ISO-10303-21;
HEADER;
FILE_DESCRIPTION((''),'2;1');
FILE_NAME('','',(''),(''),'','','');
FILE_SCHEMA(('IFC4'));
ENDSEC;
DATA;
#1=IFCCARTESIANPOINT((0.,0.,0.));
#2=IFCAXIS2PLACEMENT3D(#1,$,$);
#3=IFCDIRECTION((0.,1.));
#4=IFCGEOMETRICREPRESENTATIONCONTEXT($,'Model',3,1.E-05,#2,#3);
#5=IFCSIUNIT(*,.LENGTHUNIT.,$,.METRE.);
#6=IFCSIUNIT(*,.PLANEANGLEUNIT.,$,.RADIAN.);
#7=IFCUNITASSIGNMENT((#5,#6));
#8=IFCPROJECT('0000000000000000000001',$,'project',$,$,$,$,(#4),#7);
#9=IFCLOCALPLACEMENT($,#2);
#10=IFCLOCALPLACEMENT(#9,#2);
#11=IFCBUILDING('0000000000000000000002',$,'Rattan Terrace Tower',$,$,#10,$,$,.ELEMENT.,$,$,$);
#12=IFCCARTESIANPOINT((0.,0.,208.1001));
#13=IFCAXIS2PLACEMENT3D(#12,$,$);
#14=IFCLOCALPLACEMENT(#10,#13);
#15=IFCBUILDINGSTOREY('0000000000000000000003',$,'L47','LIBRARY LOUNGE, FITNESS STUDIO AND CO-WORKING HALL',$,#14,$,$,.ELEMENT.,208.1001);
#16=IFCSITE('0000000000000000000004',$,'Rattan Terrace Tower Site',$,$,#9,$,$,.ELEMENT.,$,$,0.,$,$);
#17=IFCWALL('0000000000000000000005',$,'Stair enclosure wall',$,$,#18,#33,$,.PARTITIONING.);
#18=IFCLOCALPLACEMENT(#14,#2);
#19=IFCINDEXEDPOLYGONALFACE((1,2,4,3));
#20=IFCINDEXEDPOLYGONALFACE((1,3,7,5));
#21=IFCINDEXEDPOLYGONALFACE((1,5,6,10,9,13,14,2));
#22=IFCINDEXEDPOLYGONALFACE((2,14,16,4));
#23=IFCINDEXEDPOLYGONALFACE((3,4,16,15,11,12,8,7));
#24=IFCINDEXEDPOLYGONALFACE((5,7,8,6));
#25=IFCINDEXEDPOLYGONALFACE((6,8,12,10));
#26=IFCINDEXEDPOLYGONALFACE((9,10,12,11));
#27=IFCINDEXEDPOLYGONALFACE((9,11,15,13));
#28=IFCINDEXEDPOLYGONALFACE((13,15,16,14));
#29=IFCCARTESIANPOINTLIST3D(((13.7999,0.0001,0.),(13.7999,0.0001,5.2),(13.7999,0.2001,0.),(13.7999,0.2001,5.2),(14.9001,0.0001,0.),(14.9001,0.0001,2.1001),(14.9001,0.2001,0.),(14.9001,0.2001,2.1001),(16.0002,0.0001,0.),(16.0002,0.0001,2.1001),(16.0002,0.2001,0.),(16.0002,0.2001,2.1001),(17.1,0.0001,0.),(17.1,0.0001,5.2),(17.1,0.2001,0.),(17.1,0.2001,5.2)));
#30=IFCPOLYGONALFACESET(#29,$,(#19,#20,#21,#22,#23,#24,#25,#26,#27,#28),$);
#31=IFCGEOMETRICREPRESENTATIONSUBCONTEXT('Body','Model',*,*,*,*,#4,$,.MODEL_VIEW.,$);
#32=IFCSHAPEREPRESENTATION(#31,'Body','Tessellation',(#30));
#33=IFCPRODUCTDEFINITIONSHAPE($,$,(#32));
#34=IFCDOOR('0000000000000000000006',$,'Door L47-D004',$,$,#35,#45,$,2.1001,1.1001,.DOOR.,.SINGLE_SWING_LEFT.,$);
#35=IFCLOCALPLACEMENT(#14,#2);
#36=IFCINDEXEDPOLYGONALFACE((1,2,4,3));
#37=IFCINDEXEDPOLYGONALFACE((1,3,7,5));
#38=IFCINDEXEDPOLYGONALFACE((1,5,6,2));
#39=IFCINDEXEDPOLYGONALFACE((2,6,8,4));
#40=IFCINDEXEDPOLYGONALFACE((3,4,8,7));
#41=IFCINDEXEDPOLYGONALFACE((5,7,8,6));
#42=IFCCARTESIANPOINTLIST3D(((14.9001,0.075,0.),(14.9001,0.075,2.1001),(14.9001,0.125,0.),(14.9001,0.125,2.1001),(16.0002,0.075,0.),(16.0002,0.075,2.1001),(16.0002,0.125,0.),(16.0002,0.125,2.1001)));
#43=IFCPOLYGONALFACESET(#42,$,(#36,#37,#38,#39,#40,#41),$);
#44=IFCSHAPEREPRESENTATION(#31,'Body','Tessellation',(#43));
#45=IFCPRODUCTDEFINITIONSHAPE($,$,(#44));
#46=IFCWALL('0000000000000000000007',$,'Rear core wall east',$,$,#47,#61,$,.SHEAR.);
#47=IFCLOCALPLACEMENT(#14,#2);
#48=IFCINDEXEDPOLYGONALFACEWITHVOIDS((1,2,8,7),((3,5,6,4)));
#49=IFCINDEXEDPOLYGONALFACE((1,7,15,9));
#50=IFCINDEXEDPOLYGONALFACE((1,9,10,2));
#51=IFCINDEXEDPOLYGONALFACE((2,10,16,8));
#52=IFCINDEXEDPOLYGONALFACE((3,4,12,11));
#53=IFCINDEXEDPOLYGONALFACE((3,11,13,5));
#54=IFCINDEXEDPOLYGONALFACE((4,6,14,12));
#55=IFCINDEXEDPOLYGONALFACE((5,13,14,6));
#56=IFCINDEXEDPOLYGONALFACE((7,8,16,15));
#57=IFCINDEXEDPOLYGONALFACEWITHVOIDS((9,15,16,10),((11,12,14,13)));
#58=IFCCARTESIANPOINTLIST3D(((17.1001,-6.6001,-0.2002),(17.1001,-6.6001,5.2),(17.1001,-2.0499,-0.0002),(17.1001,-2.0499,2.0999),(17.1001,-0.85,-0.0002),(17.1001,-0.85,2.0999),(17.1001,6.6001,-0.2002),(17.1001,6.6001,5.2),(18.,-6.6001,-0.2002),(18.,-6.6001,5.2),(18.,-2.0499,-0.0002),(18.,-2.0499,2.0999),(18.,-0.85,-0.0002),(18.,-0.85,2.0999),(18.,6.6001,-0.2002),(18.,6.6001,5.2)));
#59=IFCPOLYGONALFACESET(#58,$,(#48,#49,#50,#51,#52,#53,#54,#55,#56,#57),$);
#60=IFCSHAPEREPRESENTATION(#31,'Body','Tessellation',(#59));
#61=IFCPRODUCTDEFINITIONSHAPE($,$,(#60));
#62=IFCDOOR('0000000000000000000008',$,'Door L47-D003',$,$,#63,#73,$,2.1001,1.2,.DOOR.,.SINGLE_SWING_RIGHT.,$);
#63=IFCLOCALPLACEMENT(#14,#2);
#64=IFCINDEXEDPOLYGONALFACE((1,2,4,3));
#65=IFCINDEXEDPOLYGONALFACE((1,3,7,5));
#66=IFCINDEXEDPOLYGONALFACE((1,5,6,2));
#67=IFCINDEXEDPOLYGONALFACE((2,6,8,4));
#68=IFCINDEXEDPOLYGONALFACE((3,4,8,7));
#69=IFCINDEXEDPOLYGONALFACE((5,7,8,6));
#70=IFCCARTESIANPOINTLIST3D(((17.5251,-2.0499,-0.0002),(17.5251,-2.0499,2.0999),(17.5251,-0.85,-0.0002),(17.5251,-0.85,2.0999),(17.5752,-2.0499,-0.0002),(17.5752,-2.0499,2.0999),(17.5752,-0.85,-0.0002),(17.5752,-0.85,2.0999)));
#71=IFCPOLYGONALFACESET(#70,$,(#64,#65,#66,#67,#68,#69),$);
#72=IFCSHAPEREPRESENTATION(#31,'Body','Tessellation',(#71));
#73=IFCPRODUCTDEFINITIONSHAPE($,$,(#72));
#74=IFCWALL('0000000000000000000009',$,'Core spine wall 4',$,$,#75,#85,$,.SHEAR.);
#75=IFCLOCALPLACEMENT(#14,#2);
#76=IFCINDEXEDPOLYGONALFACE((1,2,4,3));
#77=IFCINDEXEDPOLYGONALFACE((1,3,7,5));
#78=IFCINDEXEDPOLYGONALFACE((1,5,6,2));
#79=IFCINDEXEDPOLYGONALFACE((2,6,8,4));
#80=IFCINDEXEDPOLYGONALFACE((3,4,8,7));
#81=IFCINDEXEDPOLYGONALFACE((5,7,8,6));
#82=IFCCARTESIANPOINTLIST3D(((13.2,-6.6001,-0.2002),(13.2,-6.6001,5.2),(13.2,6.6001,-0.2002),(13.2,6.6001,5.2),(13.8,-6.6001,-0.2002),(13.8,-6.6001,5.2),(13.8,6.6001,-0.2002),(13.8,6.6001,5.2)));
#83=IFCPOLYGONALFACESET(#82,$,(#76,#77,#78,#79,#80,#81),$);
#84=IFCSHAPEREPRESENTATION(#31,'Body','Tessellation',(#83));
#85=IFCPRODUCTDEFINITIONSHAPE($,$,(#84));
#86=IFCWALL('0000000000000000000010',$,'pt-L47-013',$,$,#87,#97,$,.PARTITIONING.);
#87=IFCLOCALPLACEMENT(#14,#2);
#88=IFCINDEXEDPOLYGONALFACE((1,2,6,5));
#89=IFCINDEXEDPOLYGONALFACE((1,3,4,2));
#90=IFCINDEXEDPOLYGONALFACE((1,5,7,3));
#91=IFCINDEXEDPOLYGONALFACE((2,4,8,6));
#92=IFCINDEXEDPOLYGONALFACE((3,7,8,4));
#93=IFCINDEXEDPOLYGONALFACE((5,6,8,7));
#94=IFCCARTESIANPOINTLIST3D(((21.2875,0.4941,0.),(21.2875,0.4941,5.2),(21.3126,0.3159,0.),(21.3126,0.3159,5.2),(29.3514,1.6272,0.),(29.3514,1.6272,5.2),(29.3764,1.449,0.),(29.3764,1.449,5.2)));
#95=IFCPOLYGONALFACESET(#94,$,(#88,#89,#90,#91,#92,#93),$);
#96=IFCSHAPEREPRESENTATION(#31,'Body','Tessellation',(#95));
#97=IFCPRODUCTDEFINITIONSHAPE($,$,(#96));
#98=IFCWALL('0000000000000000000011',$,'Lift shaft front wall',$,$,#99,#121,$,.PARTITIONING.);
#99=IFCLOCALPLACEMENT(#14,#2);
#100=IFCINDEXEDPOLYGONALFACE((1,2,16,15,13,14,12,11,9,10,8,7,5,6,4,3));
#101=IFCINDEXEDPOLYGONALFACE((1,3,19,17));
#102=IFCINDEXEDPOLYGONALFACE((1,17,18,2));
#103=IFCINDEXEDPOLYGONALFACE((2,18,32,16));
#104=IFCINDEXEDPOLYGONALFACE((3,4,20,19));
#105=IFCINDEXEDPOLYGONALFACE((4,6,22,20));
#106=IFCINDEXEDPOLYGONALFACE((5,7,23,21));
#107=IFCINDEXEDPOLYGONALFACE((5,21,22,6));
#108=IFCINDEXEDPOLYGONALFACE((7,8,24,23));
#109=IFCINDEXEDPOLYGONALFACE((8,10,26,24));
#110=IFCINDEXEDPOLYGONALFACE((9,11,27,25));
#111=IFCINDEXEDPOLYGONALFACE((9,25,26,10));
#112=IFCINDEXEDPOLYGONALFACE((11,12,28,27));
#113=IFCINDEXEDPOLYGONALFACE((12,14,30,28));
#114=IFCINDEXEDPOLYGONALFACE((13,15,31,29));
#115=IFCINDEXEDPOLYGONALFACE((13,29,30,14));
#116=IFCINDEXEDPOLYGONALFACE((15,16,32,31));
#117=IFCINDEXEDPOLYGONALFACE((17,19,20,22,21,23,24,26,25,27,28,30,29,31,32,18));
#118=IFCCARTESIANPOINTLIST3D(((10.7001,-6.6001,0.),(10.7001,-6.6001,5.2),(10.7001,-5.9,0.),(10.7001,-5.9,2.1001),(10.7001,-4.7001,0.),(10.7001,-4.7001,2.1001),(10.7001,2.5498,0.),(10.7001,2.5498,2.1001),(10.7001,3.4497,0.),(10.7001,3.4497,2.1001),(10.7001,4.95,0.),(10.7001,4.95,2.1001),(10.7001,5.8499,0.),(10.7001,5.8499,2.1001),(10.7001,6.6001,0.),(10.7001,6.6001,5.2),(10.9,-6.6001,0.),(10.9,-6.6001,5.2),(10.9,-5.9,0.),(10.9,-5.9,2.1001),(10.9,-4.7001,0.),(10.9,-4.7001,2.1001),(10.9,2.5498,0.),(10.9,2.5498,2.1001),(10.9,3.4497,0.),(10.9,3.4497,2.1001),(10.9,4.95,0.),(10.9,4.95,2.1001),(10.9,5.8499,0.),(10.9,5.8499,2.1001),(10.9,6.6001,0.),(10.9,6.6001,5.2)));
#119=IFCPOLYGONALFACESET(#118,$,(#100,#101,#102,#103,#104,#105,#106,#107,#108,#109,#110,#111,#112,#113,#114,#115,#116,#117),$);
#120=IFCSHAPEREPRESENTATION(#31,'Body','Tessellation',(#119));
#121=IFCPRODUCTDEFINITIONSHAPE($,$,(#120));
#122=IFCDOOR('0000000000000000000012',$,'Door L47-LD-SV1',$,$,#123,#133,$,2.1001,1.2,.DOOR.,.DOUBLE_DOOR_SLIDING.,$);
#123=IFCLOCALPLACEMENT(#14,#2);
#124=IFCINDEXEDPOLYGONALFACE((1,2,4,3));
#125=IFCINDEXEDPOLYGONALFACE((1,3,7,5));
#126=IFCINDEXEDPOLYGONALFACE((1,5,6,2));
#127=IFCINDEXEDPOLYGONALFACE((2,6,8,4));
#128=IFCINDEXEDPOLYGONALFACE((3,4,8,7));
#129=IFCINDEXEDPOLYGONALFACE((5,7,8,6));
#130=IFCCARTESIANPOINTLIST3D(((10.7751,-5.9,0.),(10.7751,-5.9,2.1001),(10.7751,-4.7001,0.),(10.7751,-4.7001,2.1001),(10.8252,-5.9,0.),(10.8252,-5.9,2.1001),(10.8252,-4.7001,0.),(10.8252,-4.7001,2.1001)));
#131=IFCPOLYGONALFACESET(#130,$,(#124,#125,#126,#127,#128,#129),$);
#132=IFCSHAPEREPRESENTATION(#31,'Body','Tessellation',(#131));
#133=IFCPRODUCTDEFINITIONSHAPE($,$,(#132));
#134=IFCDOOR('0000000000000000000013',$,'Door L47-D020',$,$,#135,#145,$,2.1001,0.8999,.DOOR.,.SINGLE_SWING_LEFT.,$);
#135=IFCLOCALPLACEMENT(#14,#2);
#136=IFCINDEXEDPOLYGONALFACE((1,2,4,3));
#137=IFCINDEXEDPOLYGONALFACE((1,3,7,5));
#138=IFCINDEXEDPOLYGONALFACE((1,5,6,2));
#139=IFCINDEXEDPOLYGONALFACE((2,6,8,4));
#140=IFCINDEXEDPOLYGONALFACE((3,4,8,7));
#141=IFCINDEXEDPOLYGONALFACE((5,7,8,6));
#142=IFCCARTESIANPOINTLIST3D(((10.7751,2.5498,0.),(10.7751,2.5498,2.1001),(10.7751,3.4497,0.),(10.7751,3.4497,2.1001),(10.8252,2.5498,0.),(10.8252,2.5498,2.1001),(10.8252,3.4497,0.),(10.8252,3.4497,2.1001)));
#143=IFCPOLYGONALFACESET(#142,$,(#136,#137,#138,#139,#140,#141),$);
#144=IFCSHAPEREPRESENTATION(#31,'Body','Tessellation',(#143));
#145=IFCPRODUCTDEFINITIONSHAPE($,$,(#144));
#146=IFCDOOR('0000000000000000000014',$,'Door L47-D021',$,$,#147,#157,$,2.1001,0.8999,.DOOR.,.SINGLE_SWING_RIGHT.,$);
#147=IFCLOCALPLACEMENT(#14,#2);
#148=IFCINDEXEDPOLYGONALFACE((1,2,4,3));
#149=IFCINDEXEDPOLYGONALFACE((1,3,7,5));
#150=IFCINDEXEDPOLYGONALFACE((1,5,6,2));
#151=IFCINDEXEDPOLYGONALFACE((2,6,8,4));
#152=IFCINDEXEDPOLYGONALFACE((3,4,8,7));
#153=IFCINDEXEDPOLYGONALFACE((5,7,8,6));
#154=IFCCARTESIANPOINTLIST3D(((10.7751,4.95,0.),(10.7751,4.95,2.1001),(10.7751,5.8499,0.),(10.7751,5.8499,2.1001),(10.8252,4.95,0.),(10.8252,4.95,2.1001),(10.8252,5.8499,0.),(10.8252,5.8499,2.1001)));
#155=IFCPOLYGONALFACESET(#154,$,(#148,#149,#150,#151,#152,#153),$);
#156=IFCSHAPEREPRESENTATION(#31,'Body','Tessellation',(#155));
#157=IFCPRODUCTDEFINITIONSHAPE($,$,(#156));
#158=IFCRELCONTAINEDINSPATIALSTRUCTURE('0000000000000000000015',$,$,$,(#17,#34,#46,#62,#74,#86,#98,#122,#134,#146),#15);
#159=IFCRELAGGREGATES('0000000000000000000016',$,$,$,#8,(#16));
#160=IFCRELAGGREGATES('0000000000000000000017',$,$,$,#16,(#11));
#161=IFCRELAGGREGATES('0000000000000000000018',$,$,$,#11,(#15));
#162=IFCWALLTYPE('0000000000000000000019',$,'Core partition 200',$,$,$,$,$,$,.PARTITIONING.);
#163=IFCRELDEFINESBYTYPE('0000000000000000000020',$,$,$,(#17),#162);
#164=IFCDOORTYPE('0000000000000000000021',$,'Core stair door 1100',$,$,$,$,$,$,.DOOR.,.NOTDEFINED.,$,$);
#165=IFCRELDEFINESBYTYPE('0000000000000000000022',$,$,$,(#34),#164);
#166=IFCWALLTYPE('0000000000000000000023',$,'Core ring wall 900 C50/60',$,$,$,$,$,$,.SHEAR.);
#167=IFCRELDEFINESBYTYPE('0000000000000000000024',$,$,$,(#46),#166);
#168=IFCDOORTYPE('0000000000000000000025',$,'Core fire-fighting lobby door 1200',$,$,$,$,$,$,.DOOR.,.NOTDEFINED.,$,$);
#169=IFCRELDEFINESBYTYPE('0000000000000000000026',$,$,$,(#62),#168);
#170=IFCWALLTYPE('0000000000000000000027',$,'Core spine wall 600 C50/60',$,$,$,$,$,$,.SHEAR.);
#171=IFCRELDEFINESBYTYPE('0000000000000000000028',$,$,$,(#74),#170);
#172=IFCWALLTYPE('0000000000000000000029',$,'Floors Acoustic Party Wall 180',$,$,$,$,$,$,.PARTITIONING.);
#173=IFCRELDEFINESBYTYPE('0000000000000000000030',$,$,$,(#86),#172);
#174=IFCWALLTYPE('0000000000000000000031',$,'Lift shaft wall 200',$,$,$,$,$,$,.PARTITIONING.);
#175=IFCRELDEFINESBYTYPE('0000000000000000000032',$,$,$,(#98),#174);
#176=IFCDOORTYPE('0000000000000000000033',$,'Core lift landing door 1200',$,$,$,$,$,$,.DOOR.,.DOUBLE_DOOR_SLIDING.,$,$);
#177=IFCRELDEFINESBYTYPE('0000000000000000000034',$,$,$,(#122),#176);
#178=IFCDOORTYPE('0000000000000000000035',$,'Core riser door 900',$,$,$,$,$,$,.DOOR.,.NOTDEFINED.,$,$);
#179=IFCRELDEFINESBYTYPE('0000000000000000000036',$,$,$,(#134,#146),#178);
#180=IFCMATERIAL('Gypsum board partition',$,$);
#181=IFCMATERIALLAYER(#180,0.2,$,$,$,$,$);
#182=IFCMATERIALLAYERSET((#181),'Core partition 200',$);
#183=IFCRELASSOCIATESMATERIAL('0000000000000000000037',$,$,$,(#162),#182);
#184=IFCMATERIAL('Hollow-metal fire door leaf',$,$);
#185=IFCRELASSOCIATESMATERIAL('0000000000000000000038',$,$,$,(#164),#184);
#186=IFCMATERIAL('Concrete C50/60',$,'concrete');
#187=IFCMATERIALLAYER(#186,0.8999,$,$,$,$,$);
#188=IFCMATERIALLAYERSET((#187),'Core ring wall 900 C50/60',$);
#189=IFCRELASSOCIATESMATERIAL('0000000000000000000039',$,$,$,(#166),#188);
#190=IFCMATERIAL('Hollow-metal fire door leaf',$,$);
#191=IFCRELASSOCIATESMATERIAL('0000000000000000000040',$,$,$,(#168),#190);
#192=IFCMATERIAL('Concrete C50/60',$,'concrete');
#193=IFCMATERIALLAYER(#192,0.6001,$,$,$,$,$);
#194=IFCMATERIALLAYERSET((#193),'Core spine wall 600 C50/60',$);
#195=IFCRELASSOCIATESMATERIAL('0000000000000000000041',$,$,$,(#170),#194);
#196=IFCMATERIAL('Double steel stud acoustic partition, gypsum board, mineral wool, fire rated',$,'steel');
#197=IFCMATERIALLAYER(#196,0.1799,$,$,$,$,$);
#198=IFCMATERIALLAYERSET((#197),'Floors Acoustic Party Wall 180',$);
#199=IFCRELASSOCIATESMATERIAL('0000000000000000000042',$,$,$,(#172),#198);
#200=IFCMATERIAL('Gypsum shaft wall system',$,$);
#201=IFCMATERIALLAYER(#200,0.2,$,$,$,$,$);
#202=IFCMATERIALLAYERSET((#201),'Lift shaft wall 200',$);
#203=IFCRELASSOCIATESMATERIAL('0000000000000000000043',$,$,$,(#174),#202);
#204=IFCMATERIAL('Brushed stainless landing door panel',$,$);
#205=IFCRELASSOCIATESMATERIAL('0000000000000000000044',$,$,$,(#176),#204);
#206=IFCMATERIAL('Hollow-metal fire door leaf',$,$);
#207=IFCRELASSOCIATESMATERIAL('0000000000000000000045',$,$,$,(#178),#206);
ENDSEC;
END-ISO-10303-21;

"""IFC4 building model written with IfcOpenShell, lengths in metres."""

from ifc_helpers import new_model, si_unit, direction, frame, frame_2d, origin, place, context, subcontext, project, spatial, rectangle, extrude, material, layer, layer_set, type_object, element, fill, save


model = new_model("IFC4")

# Units and contexts
model_context = context("Model", 3, precision=1e-05, world=origin(), true_north=direction((0.0, 1.0)))
body_context = subcontext(model_context, "Body", "Model", "MODEL_VIEW")
ifc_project = project(units=[si_unit("LENGTHUNIT", "METRE"), si_unit("PLANEANGLEUNIT", "RADIAN")], contexts=[model_context])

# Site, building, storey
site_placement = place(None, origin())
site = spatial("IfcSite", under=ifc_project, at=site_placement, Name="Rattan Terrace Tower Site", CompositionType="ELEMENT", RefElevation=0.0)
building_placement = place(site_placement, origin())
building = spatial("IfcBuilding", under=site, at=building_placement, Name="Rattan Terrace Tower", CompositionType="ELEMENT")
storey_placement = place(building_placement, frame((0.0, 0.0, 208.1001)))
storey = spatial("IfcBuildingStorey", under=building, at=storey_placement, Name="L47", Description="LIBRARY LOUNGE, FITNESS STUDIO AND CO-WORKING HALL", CompositionType="ELEMENT", Elevation=208.1001)

# Walls, openings, doors
ifc_material_1 = material(Name="Gypsum board partition")
ifc_layer_1 = layer(ifc_material_1, 0.2)
ifc_layer_set_1 = layer_set([ifc_layer_1], Name="Core partition 200")
wall_type_1 = type_object("IfcWallType", Name="Core partition 200", PredefinedType="PARTITIONING", material=ifc_layer_set_1)
wall_1_placement = place(storey_placement, frame((13.8, 0.1001, 0.0), z_axis=(0.0, 0.0, 1.0), x_axis=(1.0, 0.0, 0.0)))
wall_1 = element("IfcWall", 1, at=wall_1_placement, inside=storey, type_object=wall_type_1, Name="Stair enclosure wall", PredefinedType="PARTITIONING", context=body_context, shape_type="SweptSolid", body=[
    extrude(rectangle(XDim=3.3, YDim=0.2, at=frame_2d((1.6499, 0.0))), origin(), (0.0, 0.0, 1.0), 5.2),
])
opening_1_placement = place(wall_1_placement, frame((1.1001, 0.0, 0.0)))
opening_1 = element("IfcOpeningElement", 2, at=opening_1_placement, cuts=wall_1, PredefinedType="OPENING", context=body_context, shape_type="SweptSolid", body=[
    extrude(rectangle(XDim=1.1001, YDim=2.1001, at=frame_2d((0.55, 1.05))), frame((0.0, 0.1106, 0.0), z_axis=(0.0, -1.0, 0.0), x_axis=(1.0, 0.0, 0.0)), (0.0, 0.0, 1.0), 0.2209),
])
ifc_material_2 = material(Name="Hollow-metal fire door leaf")
door_type_1 = type_object("IfcDoorType", Name="Core stair door 1100", OperationType="NOTDEFINED", PredefinedType="DOOR", material=ifc_material_2)
door_1_placement = place(opening_1_placement, origin())
door_1 = element("IfcDoor", 3, at=door_1_placement, inside=storey, type_object=door_type_1, Name="Door L47-D004", OperationType="SINGLE_SWING_LEFT", OverallHeight=2.1001, OverallWidth=1.1001, PredefinedType="DOOR", context=body_context, shape_type="SweptSolid", body=[
    extrude(rectangle(XDim=1.1001, YDim=2.1001, at=frame_2d((0.55, 1.05))), frame((0.0, 0.0249, 0.0), z_axis=(0.0, -1.0, 0.0), x_axis=(1.0, 0.0, 0.0)), (0.0, 0.0, 1.0), 0.05),
])
fill(opening_1, door_1)
ifc_material_3 = material(Name="Concrete C50/60", Category="concrete")
ifc_layer_2 = layer(ifc_material_3, 0.8999)
ifc_layer_set_2 = layer_set([ifc_layer_2], Name="Core ring wall 900 C50/60")
wall_type_2 = type_object("IfcWallType", Name="Core ring wall 900 C50/60", PredefinedType="SHEAR", material=ifc_layer_set_2)
wall_2_placement = place(storey_placement, frame((17.55, -6.6001, -0.2002), z_axis=(0.0, 0.0, 1.0), x_axis=(0.0, 1.0, 0.0)))
wall_2 = element("IfcWall", 4, at=wall_2_placement, inside=storey, type_object=wall_type_2, Name="Rear core wall east", PredefinedType="SHEAR", context=body_context, shape_type="SweptSolid", body=[
    extrude(rectangle(XDim=13.2002, YDim=0.8999, at=frame_2d((6.6001, 0.0))), origin(), (0.0, 0.0, 1.0), 5.4001),
])
opening_2_placement = place(wall_2_placement, frame((4.55, 0.0, 0.2)))
opening_2 = element("IfcOpeningElement", 5, at=opening_2_placement, cuts=wall_2, PredefinedType="OPENING", context=body_context, shape_type="SweptSolid", body=[
    extrude(rectangle(XDim=1.2, YDim=2.1001, at=frame_2d((0.6001, 1.05))), frame((0.0, 0.4604, 0.0), z_axis=(0.0, -1.0, 0.0), x_axis=(1.0, 0.0, 0.0)), (0.0, 0.0, 1.0), 0.9209),
])
ifc_material_4 = material(Name="Hollow-metal fire door leaf")
door_type_2 = type_object("IfcDoorType", Name="Core fire-fighting lobby door 1200", OperationType="NOTDEFINED", PredefinedType="DOOR", material=ifc_material_4)
door_2_placement = place(opening_2_placement, origin())
door_2 = element("IfcDoor", 6, at=door_2_placement, inside=storey, type_object=door_type_2, Name="Door L47-D003", OperationType="SINGLE_SWING_RIGHT", OverallHeight=2.1001, OverallWidth=1.2, PredefinedType="DOOR", context=body_context, shape_type="SweptSolid", body=[
    extrude(rectangle(XDim=1.2, YDim=2.1001, at=frame_2d((0.6001, 1.05))), frame((0.0, 0.0249, 0.0), z_axis=(0.0, -1.0, 0.0), x_axis=(1.0, 0.0, 0.0)), (0.0, 0.0, 1.0), 0.05),
])
fill(opening_2, door_2)

# Walls
ifc_material_5 = material(Name="Concrete C50/60", Category="concrete")
ifc_layer_3 = layer(ifc_material_5, 0.6001)
ifc_layer_set_3 = layer_set([ifc_layer_3], Name="Core spine wall 600 C50/60")
wall_type_3 = type_object("IfcWallType", Name="Core spine wall 600 C50/60", PredefinedType="SHEAR", material=ifc_layer_set_3)
wall_3_placement = place(storey_placement, frame((13.5, -6.6001, -0.2002), z_axis=(0.0, 0.0, 1.0), x_axis=(0.0, 1.0, 0.0)))
element("IfcWall", 7, at=wall_3_placement, inside=storey, type_object=wall_type_3, Name="Core spine wall 4", PredefinedType="SHEAR", context=body_context, shape_type="SweptSolid", body=[
    extrude(rectangle(XDim=13.2002, YDim=0.6001, at=frame_2d((6.6001, 0.0))), origin(), (0.0, 0.0, 1.0), 5.4001),
])
ifc_material_6 = material(Name="Double steel stud acoustic partition, gypsum board, mineral wool, fire rated", Category="steel")
ifc_layer_4 = layer(ifc_material_6, 0.1799)
ifc_layer_set_4 = layer_set([ifc_layer_4], Name="Floors Acoustic Party Wall 180")
wall_type_4 = type_object("IfcWallType", Name="Floors Acoustic Party Wall 180", PredefinedType="PARTITIONING", material=ifc_layer_set_4)
wall_4_placement = place(storey_placement, frame((21.3, 0.405, 0.0), z_axis=(0.0, 0.0, 1.0), x_axis=(0.990272, 0.139142, 0.0)))
element("IfcWall", 8, at=wall_4_placement, inside=storey, type_object=wall_type_4, Name="pt-L47-013", PredefinedType="PARTITIONING", context=body_context, shape_type="SweptSolid", body=[
    extrude(rectangle(XDim=8.1431, YDim=0.1799, at=frame_2d((4.0715, 0.0))), origin(), (0.0, 0.0, 1.0), 5.2),
])

# Wall, openings, doors
ifc_material_7 = material(Name="Gypsum shaft wall system")
ifc_layer_5 = layer(ifc_material_7, 0.2)
ifc_layer_set_5 = layer_set([ifc_layer_5], Name="Lift shaft wall 200")
wall_type_5 = type_object("IfcWallType", Name="Lift shaft wall 200", PredefinedType="PARTITIONING", material=ifc_layer_set_5)
wall_5_placement = place(storey_placement, frame((10.8, -6.6001, 0.0), z_axis=(0.0, 0.0, 1.0), x_axis=(0.0, 1.0, 0.0)))
wall_5 = element("IfcWall", 9, at=wall_5_placement, inside=storey, type_object=wall_type_5, Name="Lift shaft front wall", PredefinedType="PARTITIONING", context=body_context, shape_type="SweptSolid", body=[
    extrude(rectangle(XDim=13.2002, YDim=0.2, at=frame_2d((6.6001, 0.0))), origin(), (0.0, 0.0, 1.0), 5.2),
])
opening_3_placement = place(wall_5_placement, frame((0.7, 0.0, 0.0)))
opening_3 = element("IfcOpeningElement", 10, at=opening_3_placement, cuts=wall_5, PredefinedType="OPENING", context=body_context, shape_type="SweptSolid", body=[
    extrude(rectangle(XDim=1.2, YDim=2.1001, at=frame_2d((0.6001, 1.05))), frame((0.0, 0.1106, 0.0), z_axis=(0.0, -1.0, 0.0), x_axis=(1.0, 0.0, 0.0)), (0.0, 0.0, 1.0), 0.2209),
])
opening_4_placement = place(wall_5_placement, frame((9.1499, 0.0, 0.0)))
opening_4 = element("IfcOpeningElement", 11, at=opening_4_placement, cuts=wall_5, PredefinedType="OPENING", context=body_context, shape_type="SweptSolid", body=[
    extrude(rectangle(XDim=0.8999, YDim=2.1001, at=frame_2d((0.45, 1.05))), frame((0.0, 0.1106, 0.0), z_axis=(0.0, -1.0, 0.0), x_axis=(1.0, 0.0, 0.0)), (0.0, 0.0, 1.0), 0.2209),
])
opening_5_placement = place(wall_5_placement, frame((11.55, 0.0, 0.0)))
opening_5 = element("IfcOpeningElement", 12, at=opening_5_placement, cuts=wall_5, PredefinedType="OPENING", context=body_context, shape_type="SweptSolid", body=[
    extrude(rectangle(XDim=0.8999, YDim=2.1001, at=frame_2d((0.45, 1.05))), frame((0.0, 0.1106, 0.0), z_axis=(0.0, -1.0, 0.0), x_axis=(1.0, 0.0, 0.0)), (0.0, 0.0, 1.0), 0.2209),
])
ifc_material_8 = material(Name="Brushed stainless landing door panel")
door_type_3 = type_object("IfcDoorType", Name="Core lift landing door 1200", OperationType="DOUBLE_DOOR_SLIDING", PredefinedType="DOOR", material=ifc_material_8)
door_3_placement = place(opening_3_placement, origin())
door_3 = element("IfcDoor", 13, at=door_3_placement, inside=storey, type_object=door_type_3, Name="Door L47-LD-SV1", OperationType="DOUBLE_DOOR_SLIDING", OverallHeight=2.1001, OverallWidth=1.2, PredefinedType="DOOR", context=body_context, shape_type="SweptSolid", body=[
    extrude(rectangle(XDim=1.2, YDim=2.1001, at=frame_2d((0.6001, 1.05))), frame((0.0, 0.0249, 0.0), z_axis=(0.0, -1.0, 0.0), x_axis=(1.0, 0.0, 0.0)), (0.0, 0.0, 1.0), 0.05),
])
fill(opening_3, door_3)
ifc_material_9 = material(Name="Hollow-metal fire door leaf")
door_type_4 = type_object("IfcDoorType", Name="Core riser door 900", OperationType="NOTDEFINED", PredefinedType="DOOR", material=ifc_material_9)
door_4_placement = place(opening_4_placement, origin())
door_4 = element("IfcDoor", 14, at=door_4_placement, inside=storey, type_object=door_type_4, Name="Door L47-D020", OperationType="SINGLE_SWING_LEFT", OverallHeight=2.1001, OverallWidth=0.8999, PredefinedType="DOOR", context=body_context, shape_type="SweptSolid", body=[
    extrude(rectangle(XDim=0.8999, YDim=2.1001, at=frame_2d((0.45, 1.05))), frame((0.0, 0.0249, 0.0), z_axis=(0.0, -1.0, 0.0), x_axis=(1.0, 0.0, 0.0)), (0.0, 0.0, 1.0), 0.05),
])
fill(opening_4, door_4)
door_5_placement = place(opening_5_placement, origin())
door_5 = element("IfcDoor", 15, at=door_5_placement, inside=storey, type_object=door_type_4, Name="Door L47-D021", OperationType="SINGLE_SWING_RIGHT", OverallHeight=2.1001, OverallWidth=0.8999, PredefinedType="DOOR", context=body_context, shape_type="SweptSolid", body=[
    extrude(rectangle(XDim=0.8999, YDim=2.1001, at=frame_2d((0.45, 1.05))), frame((0.0, 0.0249, 0.0), z_axis=(0.0, -1.0, 0.0), x_axis=(1.0, 0.0, 0.0)), (0.0, 0.0, 1.0), 0.05),
])
fill(opening_5, door_5)

save(model, "model.ifc")
